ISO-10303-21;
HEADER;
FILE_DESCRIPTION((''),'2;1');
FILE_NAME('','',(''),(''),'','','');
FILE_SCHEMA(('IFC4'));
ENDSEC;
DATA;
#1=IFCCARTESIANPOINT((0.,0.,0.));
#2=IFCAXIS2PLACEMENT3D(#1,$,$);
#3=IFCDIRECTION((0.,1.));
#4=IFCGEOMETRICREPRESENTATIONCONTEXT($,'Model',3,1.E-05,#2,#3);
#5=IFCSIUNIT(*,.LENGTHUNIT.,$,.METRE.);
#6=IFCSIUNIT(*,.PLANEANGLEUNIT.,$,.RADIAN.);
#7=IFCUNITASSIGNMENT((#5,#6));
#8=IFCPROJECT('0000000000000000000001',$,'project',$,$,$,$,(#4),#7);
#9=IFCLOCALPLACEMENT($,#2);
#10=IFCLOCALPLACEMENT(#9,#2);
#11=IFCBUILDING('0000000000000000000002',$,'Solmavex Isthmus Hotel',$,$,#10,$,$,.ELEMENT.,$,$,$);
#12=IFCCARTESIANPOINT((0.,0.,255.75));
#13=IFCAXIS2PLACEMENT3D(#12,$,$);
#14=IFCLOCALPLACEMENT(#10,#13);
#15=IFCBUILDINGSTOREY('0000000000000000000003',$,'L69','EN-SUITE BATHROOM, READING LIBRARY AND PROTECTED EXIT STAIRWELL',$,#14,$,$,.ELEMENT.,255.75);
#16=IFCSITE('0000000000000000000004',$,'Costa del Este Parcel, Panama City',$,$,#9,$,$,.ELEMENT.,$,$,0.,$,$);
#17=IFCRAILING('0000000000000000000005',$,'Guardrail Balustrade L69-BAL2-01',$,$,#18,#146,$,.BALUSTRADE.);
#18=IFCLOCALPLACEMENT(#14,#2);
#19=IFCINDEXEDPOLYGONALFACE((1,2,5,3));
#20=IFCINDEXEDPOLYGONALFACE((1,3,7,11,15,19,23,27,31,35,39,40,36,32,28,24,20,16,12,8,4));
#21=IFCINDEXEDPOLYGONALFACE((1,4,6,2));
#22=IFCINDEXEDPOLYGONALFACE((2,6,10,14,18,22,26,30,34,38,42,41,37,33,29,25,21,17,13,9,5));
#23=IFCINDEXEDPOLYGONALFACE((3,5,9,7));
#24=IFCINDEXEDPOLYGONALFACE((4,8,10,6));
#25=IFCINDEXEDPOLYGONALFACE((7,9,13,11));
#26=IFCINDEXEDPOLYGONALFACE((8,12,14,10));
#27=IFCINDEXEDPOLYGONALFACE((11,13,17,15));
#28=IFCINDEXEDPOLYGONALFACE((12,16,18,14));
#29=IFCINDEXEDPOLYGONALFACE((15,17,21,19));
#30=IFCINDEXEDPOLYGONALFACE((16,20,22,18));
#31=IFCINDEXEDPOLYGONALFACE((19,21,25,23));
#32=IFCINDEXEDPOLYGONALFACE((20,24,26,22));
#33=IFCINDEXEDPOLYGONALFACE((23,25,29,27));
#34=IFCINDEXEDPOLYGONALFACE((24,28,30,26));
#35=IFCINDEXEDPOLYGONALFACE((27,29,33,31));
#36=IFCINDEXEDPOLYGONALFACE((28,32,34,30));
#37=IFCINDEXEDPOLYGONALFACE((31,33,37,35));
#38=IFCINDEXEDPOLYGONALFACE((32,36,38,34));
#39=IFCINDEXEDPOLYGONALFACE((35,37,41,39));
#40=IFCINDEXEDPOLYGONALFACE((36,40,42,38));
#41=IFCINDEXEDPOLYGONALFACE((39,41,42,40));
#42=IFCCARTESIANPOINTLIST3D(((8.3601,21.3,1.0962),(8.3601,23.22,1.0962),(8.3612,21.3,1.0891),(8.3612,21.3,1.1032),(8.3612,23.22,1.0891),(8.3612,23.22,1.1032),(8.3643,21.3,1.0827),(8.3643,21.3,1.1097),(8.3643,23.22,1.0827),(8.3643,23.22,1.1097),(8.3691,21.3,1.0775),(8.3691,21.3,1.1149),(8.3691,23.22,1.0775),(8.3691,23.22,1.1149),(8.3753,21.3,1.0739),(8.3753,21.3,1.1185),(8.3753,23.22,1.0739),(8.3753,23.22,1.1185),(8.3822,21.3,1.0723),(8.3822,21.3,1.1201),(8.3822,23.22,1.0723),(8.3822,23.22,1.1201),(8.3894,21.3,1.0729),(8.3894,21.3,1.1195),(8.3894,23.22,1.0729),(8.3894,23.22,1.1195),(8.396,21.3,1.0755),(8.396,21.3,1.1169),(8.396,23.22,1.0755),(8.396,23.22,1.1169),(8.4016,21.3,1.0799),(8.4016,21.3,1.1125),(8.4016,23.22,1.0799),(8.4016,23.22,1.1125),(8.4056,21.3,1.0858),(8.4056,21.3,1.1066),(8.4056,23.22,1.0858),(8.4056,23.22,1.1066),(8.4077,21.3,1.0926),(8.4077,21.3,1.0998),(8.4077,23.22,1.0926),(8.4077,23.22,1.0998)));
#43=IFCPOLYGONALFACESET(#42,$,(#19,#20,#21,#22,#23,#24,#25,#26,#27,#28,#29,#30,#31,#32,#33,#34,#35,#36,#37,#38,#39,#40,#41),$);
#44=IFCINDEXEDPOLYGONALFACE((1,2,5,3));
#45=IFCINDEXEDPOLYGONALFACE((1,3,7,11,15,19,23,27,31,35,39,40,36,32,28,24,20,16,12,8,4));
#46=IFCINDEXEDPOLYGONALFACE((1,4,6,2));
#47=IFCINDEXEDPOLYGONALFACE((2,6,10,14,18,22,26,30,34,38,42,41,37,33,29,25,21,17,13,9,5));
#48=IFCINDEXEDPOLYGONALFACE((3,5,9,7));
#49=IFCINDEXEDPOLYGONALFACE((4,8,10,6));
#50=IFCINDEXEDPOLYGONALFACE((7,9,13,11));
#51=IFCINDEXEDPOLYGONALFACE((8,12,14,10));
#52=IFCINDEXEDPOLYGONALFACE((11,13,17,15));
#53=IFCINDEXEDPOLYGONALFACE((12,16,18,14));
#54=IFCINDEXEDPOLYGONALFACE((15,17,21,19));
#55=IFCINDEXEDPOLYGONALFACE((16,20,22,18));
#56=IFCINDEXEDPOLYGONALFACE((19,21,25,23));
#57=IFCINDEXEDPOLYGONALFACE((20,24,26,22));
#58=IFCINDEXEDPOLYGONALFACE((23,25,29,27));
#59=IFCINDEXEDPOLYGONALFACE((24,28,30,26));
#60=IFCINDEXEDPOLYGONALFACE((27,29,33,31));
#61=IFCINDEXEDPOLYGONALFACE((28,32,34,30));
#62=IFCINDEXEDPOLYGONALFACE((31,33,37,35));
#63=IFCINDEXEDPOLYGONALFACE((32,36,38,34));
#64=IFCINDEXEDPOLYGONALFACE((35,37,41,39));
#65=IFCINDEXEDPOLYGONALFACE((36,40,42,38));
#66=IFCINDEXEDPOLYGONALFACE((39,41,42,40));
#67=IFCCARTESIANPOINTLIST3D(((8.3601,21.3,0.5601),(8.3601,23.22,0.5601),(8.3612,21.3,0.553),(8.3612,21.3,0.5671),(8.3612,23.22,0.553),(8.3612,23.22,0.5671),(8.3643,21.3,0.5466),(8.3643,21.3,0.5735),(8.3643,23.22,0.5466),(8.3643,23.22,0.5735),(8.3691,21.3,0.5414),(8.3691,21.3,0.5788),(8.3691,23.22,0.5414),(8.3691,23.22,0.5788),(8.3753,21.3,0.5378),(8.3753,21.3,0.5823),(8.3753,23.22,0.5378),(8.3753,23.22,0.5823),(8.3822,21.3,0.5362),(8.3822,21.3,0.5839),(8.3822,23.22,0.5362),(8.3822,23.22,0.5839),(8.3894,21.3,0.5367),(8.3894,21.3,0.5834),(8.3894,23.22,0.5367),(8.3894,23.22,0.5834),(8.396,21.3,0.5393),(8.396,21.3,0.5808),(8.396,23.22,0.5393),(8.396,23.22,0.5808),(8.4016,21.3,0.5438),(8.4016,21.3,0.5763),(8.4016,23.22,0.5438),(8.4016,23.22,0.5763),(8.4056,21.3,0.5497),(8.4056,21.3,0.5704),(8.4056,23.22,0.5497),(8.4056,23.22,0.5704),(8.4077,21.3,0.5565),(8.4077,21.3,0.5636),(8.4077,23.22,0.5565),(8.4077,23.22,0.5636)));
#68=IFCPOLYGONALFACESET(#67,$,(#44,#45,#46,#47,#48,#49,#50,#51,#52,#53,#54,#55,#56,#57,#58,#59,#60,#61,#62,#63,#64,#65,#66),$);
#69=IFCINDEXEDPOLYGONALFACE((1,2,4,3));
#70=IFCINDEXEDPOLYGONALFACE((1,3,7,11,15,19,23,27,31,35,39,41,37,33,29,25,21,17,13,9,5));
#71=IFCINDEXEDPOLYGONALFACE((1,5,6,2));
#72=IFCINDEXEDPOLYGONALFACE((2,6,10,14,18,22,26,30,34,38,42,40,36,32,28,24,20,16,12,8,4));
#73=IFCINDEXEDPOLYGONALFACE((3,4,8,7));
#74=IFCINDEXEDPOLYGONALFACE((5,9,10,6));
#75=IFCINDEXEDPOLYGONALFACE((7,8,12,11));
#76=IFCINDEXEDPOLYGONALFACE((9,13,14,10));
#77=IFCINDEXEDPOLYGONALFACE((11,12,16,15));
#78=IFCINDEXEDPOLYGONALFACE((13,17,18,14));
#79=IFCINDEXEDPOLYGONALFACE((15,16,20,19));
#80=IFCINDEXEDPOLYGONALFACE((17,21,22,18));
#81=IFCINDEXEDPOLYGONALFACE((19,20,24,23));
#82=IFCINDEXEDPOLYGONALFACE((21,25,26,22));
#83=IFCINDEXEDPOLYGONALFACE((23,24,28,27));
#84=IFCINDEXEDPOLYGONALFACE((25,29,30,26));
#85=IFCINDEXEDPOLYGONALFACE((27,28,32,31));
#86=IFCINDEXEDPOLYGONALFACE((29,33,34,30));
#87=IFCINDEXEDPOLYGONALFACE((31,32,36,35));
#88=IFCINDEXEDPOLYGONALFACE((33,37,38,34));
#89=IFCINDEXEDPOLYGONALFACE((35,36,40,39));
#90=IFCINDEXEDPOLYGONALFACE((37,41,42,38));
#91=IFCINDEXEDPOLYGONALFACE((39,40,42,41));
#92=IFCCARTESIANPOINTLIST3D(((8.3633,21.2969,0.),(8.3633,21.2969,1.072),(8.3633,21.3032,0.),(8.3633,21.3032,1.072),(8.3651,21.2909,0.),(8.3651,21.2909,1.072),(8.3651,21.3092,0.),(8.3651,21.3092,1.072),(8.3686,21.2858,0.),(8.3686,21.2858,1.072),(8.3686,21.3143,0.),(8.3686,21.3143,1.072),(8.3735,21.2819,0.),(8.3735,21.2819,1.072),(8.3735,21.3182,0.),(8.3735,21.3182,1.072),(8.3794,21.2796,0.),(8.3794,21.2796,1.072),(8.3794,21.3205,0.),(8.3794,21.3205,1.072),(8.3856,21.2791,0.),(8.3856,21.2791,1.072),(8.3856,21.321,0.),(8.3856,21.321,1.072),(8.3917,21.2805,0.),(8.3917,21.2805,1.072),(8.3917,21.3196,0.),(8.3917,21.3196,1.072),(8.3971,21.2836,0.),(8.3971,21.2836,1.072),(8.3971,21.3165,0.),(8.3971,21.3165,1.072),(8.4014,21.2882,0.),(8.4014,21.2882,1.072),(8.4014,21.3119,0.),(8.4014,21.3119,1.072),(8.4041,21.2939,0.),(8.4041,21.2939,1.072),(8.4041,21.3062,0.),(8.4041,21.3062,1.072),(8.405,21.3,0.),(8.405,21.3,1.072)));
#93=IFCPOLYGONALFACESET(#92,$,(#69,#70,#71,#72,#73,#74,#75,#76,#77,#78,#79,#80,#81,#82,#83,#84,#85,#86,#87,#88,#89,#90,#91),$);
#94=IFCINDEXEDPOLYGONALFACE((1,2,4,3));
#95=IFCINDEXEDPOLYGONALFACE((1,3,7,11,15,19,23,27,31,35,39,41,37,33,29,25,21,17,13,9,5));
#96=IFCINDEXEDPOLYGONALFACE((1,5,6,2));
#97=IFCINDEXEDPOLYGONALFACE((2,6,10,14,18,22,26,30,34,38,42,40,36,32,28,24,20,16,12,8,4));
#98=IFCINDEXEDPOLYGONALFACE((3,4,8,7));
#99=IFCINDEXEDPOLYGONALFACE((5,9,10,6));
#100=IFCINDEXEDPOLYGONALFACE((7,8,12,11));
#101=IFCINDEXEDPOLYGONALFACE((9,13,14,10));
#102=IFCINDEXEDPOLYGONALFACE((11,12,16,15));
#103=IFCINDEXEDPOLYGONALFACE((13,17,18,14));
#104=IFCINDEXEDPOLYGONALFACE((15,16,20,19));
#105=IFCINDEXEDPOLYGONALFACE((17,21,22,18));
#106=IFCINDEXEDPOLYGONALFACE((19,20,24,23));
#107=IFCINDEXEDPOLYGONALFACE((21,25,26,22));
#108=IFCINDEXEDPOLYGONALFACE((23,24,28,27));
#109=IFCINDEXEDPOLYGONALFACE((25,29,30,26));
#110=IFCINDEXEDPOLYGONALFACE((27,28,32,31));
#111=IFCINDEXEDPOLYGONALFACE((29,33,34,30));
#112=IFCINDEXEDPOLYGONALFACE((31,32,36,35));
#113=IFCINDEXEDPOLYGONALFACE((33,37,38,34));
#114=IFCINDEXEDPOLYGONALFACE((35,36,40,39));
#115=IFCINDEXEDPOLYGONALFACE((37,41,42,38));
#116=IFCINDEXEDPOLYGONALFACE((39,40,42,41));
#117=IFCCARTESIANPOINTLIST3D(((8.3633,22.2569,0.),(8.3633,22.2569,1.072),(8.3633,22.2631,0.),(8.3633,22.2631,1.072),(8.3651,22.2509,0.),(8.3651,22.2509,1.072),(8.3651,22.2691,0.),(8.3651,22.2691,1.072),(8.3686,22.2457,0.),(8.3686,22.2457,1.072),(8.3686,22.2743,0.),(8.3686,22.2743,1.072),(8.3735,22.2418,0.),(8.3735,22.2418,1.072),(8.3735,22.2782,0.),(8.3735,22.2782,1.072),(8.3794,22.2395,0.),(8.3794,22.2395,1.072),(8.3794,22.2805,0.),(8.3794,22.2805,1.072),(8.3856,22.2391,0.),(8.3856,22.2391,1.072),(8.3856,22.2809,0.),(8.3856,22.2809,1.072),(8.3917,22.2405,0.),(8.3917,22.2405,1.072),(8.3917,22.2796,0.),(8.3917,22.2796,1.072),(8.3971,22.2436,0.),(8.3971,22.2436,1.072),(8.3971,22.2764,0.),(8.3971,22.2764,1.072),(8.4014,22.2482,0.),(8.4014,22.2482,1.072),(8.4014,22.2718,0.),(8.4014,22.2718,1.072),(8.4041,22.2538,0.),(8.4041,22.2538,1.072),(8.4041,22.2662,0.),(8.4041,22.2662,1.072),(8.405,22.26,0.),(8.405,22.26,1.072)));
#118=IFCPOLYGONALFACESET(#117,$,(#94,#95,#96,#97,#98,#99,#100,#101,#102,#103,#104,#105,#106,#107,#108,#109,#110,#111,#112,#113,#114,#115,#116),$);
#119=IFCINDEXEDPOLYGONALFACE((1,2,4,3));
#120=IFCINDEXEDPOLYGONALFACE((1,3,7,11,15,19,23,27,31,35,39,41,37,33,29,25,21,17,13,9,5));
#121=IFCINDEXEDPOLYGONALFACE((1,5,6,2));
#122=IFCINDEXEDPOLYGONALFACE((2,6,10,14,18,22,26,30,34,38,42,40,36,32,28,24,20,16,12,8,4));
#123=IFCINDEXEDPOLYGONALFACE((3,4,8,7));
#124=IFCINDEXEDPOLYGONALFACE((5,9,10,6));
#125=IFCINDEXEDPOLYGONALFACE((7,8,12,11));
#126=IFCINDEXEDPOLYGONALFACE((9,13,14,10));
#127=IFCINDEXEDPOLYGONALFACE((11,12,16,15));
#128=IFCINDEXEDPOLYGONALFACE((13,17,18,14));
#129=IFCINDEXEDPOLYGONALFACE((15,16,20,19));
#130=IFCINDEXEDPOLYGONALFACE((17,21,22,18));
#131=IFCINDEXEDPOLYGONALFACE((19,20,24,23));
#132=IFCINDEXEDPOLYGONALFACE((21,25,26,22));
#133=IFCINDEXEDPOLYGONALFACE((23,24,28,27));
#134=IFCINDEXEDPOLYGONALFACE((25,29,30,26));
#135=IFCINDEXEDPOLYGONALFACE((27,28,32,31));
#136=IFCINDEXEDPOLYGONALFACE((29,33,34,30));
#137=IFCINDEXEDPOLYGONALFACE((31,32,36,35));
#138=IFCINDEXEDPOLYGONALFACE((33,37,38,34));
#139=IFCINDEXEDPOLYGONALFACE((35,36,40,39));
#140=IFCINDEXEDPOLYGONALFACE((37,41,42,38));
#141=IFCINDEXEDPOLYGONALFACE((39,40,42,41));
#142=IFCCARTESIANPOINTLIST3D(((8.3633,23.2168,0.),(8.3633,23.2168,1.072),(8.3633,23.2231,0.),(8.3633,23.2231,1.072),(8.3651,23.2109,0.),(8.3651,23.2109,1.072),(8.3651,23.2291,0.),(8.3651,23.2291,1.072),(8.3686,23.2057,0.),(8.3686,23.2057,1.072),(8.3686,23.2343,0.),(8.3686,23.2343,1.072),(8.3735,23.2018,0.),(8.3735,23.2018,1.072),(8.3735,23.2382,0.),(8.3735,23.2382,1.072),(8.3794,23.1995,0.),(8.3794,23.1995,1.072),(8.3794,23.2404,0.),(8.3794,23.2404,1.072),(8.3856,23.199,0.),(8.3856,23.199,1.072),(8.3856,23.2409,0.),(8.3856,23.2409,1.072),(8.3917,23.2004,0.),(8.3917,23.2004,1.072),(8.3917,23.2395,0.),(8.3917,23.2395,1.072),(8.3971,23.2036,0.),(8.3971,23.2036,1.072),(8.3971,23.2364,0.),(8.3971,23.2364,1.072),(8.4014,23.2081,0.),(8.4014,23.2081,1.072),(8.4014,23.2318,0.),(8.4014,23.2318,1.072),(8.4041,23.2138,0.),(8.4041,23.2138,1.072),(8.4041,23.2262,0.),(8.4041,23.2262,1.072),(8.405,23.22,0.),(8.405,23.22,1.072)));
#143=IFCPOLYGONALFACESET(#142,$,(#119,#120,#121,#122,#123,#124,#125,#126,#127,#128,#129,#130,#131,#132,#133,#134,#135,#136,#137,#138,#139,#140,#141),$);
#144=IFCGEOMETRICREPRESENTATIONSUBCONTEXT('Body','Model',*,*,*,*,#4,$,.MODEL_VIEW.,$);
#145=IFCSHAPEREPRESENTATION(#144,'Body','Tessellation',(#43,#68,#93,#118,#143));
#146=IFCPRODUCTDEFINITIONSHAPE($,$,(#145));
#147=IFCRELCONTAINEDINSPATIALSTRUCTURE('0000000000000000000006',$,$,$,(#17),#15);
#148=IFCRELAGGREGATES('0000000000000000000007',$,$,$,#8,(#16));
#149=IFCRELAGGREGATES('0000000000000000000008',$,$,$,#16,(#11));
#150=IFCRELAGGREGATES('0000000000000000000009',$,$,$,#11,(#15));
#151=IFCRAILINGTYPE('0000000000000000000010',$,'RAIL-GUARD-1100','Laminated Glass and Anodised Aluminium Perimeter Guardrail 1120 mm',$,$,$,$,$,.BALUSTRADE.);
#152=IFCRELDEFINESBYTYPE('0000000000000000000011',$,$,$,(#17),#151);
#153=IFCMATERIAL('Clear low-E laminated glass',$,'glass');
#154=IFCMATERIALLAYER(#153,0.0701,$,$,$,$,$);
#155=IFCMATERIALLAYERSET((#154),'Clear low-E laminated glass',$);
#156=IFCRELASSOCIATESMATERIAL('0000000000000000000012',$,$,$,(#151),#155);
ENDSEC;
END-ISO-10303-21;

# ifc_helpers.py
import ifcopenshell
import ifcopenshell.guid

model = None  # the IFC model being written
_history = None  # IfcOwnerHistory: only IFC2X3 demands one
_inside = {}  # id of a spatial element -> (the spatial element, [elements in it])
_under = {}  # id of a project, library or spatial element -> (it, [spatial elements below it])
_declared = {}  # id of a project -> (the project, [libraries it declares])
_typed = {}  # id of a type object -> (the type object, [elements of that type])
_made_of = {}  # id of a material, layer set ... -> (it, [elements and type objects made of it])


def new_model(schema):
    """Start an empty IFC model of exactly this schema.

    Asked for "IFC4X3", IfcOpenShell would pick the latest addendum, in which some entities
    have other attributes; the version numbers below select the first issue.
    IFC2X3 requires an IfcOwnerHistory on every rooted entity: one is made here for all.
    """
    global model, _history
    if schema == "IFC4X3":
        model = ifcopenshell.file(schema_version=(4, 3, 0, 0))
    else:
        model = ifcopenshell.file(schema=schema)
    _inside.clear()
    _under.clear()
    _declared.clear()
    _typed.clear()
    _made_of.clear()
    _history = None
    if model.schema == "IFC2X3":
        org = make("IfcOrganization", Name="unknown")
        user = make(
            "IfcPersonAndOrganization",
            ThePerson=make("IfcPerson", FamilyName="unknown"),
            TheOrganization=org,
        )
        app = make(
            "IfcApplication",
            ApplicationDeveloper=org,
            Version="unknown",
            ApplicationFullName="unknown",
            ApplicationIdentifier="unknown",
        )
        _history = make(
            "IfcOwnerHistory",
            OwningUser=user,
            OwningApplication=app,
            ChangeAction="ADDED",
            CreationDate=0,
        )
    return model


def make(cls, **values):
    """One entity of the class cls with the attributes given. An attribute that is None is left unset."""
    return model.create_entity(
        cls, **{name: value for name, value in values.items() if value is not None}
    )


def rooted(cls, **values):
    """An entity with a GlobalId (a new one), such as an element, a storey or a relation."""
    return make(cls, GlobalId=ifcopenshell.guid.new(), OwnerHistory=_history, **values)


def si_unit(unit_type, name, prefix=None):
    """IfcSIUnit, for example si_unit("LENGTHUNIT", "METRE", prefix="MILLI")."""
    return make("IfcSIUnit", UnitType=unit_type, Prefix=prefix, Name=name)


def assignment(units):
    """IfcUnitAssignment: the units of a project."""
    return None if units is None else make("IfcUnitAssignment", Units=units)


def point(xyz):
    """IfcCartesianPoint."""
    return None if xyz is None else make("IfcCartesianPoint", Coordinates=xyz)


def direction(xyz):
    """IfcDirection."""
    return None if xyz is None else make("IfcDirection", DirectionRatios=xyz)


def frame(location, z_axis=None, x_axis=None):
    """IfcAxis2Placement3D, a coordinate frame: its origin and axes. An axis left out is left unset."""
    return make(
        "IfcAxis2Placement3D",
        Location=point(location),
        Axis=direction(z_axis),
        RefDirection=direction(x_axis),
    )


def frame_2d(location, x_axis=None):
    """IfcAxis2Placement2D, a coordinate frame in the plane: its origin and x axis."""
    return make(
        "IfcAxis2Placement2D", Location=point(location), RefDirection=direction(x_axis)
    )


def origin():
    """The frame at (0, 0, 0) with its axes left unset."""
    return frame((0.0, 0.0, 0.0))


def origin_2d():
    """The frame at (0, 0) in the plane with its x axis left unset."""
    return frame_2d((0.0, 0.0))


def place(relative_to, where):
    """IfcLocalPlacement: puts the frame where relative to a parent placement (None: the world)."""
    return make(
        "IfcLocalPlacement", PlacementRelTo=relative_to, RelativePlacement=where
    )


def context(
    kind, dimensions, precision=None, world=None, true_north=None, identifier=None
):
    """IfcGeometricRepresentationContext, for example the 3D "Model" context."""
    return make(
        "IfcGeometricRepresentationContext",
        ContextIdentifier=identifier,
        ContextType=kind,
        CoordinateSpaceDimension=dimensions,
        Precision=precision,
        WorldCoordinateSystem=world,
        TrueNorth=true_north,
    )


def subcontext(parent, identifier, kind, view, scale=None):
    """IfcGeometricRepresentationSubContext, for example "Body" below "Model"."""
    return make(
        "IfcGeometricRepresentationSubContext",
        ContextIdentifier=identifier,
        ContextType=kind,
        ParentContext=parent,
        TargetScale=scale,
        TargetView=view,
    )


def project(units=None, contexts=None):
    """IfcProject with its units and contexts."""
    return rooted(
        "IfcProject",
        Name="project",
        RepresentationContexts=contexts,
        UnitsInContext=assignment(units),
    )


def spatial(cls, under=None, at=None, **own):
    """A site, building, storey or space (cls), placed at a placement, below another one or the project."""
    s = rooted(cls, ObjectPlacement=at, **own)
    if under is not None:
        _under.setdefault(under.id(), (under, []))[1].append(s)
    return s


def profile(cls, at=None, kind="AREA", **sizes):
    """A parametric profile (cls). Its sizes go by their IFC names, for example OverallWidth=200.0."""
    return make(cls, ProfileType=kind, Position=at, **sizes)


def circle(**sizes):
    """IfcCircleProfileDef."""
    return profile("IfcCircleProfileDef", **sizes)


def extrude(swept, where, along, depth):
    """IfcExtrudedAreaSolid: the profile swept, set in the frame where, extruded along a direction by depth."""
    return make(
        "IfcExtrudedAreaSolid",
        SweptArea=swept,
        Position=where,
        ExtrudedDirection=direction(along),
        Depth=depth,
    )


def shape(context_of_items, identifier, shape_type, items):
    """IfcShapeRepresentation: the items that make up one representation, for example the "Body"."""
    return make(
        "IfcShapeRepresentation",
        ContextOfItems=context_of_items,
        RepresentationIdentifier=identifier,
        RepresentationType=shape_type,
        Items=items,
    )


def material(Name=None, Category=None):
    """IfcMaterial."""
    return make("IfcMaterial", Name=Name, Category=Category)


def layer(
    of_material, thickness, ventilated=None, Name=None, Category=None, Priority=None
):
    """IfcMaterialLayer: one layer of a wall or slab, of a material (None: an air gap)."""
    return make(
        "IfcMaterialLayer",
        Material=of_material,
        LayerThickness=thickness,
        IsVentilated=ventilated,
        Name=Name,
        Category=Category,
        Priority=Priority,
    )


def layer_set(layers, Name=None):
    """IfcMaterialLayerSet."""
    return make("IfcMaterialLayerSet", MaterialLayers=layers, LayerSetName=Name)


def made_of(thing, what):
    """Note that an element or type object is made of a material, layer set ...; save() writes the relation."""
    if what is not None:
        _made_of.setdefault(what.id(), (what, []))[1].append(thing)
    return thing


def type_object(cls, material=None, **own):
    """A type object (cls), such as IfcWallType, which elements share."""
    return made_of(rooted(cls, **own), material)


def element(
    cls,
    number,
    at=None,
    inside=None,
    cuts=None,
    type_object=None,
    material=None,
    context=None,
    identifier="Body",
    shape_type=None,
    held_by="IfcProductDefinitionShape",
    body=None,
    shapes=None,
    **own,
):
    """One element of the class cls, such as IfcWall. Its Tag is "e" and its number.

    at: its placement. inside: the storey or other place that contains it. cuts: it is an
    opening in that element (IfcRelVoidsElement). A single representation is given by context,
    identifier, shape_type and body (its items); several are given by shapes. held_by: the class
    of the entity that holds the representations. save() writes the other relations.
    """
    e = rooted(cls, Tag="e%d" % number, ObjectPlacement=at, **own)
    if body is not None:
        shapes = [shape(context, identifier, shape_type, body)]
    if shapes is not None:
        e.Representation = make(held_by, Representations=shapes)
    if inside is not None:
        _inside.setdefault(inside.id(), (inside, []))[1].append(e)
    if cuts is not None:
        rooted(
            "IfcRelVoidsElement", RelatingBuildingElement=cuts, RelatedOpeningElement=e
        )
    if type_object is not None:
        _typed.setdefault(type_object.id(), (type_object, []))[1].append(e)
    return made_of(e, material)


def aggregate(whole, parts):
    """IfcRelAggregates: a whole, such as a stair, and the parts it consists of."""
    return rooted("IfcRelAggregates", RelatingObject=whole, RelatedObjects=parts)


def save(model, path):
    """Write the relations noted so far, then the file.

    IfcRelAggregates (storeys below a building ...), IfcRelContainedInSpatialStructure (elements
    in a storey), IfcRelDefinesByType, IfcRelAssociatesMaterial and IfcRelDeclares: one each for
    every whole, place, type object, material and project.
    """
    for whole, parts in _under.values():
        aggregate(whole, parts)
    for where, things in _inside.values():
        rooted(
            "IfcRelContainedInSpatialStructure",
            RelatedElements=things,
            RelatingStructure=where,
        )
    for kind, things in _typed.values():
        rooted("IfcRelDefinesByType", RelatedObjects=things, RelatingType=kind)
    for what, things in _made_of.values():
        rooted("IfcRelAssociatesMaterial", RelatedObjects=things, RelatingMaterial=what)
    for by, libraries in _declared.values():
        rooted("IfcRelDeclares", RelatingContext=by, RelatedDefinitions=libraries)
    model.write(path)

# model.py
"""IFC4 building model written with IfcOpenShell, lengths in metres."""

from ifc_helpers import new_model, si_unit, direction, frame, origin, origin_2d, place, context, subcontext, project, spatial, circle, extrude, material, layer, layer_set, type_object, element, save


model = new_model("IFC4")

# Units and contexts
model_context = context("Model", 3, precision=1e-05, world=origin(), true_north=direction((0.0, 1.0)))
body_context = subcontext(model_context, "Body", "Model", "MODEL_VIEW")
ifc_project = project(units=[si_unit("LENGTHUNIT", "METRE"), si_unit("PLANEANGLEUNIT", "RADIAN")], contexts=[model_context])

# Site, building, storey
site_placement = place(None, origin())
site = spatial("IfcSite", under=ifc_project, at=site_placement, Name="Costa del Este Parcel, Panama City", CompositionType="ELEMENT", RefElevation=0.0)
building_placement = place(site_placement, origin())
building = spatial("IfcBuilding", under=site, at=building_placement, Name="Solmavex Isthmus Hotel", CompositionType="ELEMENT")
storey_placement = place(building_placement, frame((0.0, 0.0, 255.75)))
storey = spatial("IfcBuildingStorey", under=building, at=storey_placement, Name="L69", Description="EN-SUITE BATHROOM, READING LIBRARY AND PROTECTED EXIT STAIRWELL", CompositionType="ELEMENT", Elevation=255.75)

# Shared definitions
ifc_material_1 = material(Name="Clear low-E laminated glass", Category="glass")

# Railing
ifc_layer_1 = layer(ifc_material_1, 0.0701)
ifc_layer_set_1 = layer_set([ifc_layer_1], Name="Clear low-E laminated glass")
railing_type = type_object("IfcRailingType", Name="RAIL-GUARD-1100", Description="Laminated Glass and Anodised Aluminium Perimeter Guardrail 1120 mm", PredefinedType="BALUSTRADE", material=ifc_layer_set_1)
railing_1_placement = place(storey_placement, frame((8.384, 21.3, 0.0)))
element("IfcRailing", 1, at=railing_1_placement, inside=storey, type_object=railing_type, Name="Guardrail Balustrade L69-BAL2-01", PredefinedType="BALUSTRADE", context=body_context, shape_type="SweptSolid", body=[
    extrude(circle(Radius=0.0239, at=origin_2d()), frame((0.0, 0.0, 1.0962), z_axis=(0.0, 1.0, 0.0), x_axis=(-1.0, 0.0, 0.0)), (0.0, 0.0, 1.0), 1.9199),
    extrude(circle(Radius=0.0239, at=origin_2d()), frame((0.0, 0.0, 0.5601), z_axis=(0.0, 1.0, 0.0), x_axis=(-1.0, 0.0, 0.0)), (0.0, 0.0, 1.0), 1.9199),
    extrude(circle(Radius=0.021, at=origin_2d()), origin(), (0.0, 0.0, 1.0), 1.072),
    extrude(circle(Radius=0.021, at=origin_2d()), frame((0.0, 0.96, 0.0)), (0.0, 0.0, 1.0), 1.072),
    extrude(circle(Radius=0.021, at=origin_2d()), frame((0.0, 1.9199, 0.0)), (0.0, 0.0, 1.0), 1.072),
])

save(model, "model.ifc")
